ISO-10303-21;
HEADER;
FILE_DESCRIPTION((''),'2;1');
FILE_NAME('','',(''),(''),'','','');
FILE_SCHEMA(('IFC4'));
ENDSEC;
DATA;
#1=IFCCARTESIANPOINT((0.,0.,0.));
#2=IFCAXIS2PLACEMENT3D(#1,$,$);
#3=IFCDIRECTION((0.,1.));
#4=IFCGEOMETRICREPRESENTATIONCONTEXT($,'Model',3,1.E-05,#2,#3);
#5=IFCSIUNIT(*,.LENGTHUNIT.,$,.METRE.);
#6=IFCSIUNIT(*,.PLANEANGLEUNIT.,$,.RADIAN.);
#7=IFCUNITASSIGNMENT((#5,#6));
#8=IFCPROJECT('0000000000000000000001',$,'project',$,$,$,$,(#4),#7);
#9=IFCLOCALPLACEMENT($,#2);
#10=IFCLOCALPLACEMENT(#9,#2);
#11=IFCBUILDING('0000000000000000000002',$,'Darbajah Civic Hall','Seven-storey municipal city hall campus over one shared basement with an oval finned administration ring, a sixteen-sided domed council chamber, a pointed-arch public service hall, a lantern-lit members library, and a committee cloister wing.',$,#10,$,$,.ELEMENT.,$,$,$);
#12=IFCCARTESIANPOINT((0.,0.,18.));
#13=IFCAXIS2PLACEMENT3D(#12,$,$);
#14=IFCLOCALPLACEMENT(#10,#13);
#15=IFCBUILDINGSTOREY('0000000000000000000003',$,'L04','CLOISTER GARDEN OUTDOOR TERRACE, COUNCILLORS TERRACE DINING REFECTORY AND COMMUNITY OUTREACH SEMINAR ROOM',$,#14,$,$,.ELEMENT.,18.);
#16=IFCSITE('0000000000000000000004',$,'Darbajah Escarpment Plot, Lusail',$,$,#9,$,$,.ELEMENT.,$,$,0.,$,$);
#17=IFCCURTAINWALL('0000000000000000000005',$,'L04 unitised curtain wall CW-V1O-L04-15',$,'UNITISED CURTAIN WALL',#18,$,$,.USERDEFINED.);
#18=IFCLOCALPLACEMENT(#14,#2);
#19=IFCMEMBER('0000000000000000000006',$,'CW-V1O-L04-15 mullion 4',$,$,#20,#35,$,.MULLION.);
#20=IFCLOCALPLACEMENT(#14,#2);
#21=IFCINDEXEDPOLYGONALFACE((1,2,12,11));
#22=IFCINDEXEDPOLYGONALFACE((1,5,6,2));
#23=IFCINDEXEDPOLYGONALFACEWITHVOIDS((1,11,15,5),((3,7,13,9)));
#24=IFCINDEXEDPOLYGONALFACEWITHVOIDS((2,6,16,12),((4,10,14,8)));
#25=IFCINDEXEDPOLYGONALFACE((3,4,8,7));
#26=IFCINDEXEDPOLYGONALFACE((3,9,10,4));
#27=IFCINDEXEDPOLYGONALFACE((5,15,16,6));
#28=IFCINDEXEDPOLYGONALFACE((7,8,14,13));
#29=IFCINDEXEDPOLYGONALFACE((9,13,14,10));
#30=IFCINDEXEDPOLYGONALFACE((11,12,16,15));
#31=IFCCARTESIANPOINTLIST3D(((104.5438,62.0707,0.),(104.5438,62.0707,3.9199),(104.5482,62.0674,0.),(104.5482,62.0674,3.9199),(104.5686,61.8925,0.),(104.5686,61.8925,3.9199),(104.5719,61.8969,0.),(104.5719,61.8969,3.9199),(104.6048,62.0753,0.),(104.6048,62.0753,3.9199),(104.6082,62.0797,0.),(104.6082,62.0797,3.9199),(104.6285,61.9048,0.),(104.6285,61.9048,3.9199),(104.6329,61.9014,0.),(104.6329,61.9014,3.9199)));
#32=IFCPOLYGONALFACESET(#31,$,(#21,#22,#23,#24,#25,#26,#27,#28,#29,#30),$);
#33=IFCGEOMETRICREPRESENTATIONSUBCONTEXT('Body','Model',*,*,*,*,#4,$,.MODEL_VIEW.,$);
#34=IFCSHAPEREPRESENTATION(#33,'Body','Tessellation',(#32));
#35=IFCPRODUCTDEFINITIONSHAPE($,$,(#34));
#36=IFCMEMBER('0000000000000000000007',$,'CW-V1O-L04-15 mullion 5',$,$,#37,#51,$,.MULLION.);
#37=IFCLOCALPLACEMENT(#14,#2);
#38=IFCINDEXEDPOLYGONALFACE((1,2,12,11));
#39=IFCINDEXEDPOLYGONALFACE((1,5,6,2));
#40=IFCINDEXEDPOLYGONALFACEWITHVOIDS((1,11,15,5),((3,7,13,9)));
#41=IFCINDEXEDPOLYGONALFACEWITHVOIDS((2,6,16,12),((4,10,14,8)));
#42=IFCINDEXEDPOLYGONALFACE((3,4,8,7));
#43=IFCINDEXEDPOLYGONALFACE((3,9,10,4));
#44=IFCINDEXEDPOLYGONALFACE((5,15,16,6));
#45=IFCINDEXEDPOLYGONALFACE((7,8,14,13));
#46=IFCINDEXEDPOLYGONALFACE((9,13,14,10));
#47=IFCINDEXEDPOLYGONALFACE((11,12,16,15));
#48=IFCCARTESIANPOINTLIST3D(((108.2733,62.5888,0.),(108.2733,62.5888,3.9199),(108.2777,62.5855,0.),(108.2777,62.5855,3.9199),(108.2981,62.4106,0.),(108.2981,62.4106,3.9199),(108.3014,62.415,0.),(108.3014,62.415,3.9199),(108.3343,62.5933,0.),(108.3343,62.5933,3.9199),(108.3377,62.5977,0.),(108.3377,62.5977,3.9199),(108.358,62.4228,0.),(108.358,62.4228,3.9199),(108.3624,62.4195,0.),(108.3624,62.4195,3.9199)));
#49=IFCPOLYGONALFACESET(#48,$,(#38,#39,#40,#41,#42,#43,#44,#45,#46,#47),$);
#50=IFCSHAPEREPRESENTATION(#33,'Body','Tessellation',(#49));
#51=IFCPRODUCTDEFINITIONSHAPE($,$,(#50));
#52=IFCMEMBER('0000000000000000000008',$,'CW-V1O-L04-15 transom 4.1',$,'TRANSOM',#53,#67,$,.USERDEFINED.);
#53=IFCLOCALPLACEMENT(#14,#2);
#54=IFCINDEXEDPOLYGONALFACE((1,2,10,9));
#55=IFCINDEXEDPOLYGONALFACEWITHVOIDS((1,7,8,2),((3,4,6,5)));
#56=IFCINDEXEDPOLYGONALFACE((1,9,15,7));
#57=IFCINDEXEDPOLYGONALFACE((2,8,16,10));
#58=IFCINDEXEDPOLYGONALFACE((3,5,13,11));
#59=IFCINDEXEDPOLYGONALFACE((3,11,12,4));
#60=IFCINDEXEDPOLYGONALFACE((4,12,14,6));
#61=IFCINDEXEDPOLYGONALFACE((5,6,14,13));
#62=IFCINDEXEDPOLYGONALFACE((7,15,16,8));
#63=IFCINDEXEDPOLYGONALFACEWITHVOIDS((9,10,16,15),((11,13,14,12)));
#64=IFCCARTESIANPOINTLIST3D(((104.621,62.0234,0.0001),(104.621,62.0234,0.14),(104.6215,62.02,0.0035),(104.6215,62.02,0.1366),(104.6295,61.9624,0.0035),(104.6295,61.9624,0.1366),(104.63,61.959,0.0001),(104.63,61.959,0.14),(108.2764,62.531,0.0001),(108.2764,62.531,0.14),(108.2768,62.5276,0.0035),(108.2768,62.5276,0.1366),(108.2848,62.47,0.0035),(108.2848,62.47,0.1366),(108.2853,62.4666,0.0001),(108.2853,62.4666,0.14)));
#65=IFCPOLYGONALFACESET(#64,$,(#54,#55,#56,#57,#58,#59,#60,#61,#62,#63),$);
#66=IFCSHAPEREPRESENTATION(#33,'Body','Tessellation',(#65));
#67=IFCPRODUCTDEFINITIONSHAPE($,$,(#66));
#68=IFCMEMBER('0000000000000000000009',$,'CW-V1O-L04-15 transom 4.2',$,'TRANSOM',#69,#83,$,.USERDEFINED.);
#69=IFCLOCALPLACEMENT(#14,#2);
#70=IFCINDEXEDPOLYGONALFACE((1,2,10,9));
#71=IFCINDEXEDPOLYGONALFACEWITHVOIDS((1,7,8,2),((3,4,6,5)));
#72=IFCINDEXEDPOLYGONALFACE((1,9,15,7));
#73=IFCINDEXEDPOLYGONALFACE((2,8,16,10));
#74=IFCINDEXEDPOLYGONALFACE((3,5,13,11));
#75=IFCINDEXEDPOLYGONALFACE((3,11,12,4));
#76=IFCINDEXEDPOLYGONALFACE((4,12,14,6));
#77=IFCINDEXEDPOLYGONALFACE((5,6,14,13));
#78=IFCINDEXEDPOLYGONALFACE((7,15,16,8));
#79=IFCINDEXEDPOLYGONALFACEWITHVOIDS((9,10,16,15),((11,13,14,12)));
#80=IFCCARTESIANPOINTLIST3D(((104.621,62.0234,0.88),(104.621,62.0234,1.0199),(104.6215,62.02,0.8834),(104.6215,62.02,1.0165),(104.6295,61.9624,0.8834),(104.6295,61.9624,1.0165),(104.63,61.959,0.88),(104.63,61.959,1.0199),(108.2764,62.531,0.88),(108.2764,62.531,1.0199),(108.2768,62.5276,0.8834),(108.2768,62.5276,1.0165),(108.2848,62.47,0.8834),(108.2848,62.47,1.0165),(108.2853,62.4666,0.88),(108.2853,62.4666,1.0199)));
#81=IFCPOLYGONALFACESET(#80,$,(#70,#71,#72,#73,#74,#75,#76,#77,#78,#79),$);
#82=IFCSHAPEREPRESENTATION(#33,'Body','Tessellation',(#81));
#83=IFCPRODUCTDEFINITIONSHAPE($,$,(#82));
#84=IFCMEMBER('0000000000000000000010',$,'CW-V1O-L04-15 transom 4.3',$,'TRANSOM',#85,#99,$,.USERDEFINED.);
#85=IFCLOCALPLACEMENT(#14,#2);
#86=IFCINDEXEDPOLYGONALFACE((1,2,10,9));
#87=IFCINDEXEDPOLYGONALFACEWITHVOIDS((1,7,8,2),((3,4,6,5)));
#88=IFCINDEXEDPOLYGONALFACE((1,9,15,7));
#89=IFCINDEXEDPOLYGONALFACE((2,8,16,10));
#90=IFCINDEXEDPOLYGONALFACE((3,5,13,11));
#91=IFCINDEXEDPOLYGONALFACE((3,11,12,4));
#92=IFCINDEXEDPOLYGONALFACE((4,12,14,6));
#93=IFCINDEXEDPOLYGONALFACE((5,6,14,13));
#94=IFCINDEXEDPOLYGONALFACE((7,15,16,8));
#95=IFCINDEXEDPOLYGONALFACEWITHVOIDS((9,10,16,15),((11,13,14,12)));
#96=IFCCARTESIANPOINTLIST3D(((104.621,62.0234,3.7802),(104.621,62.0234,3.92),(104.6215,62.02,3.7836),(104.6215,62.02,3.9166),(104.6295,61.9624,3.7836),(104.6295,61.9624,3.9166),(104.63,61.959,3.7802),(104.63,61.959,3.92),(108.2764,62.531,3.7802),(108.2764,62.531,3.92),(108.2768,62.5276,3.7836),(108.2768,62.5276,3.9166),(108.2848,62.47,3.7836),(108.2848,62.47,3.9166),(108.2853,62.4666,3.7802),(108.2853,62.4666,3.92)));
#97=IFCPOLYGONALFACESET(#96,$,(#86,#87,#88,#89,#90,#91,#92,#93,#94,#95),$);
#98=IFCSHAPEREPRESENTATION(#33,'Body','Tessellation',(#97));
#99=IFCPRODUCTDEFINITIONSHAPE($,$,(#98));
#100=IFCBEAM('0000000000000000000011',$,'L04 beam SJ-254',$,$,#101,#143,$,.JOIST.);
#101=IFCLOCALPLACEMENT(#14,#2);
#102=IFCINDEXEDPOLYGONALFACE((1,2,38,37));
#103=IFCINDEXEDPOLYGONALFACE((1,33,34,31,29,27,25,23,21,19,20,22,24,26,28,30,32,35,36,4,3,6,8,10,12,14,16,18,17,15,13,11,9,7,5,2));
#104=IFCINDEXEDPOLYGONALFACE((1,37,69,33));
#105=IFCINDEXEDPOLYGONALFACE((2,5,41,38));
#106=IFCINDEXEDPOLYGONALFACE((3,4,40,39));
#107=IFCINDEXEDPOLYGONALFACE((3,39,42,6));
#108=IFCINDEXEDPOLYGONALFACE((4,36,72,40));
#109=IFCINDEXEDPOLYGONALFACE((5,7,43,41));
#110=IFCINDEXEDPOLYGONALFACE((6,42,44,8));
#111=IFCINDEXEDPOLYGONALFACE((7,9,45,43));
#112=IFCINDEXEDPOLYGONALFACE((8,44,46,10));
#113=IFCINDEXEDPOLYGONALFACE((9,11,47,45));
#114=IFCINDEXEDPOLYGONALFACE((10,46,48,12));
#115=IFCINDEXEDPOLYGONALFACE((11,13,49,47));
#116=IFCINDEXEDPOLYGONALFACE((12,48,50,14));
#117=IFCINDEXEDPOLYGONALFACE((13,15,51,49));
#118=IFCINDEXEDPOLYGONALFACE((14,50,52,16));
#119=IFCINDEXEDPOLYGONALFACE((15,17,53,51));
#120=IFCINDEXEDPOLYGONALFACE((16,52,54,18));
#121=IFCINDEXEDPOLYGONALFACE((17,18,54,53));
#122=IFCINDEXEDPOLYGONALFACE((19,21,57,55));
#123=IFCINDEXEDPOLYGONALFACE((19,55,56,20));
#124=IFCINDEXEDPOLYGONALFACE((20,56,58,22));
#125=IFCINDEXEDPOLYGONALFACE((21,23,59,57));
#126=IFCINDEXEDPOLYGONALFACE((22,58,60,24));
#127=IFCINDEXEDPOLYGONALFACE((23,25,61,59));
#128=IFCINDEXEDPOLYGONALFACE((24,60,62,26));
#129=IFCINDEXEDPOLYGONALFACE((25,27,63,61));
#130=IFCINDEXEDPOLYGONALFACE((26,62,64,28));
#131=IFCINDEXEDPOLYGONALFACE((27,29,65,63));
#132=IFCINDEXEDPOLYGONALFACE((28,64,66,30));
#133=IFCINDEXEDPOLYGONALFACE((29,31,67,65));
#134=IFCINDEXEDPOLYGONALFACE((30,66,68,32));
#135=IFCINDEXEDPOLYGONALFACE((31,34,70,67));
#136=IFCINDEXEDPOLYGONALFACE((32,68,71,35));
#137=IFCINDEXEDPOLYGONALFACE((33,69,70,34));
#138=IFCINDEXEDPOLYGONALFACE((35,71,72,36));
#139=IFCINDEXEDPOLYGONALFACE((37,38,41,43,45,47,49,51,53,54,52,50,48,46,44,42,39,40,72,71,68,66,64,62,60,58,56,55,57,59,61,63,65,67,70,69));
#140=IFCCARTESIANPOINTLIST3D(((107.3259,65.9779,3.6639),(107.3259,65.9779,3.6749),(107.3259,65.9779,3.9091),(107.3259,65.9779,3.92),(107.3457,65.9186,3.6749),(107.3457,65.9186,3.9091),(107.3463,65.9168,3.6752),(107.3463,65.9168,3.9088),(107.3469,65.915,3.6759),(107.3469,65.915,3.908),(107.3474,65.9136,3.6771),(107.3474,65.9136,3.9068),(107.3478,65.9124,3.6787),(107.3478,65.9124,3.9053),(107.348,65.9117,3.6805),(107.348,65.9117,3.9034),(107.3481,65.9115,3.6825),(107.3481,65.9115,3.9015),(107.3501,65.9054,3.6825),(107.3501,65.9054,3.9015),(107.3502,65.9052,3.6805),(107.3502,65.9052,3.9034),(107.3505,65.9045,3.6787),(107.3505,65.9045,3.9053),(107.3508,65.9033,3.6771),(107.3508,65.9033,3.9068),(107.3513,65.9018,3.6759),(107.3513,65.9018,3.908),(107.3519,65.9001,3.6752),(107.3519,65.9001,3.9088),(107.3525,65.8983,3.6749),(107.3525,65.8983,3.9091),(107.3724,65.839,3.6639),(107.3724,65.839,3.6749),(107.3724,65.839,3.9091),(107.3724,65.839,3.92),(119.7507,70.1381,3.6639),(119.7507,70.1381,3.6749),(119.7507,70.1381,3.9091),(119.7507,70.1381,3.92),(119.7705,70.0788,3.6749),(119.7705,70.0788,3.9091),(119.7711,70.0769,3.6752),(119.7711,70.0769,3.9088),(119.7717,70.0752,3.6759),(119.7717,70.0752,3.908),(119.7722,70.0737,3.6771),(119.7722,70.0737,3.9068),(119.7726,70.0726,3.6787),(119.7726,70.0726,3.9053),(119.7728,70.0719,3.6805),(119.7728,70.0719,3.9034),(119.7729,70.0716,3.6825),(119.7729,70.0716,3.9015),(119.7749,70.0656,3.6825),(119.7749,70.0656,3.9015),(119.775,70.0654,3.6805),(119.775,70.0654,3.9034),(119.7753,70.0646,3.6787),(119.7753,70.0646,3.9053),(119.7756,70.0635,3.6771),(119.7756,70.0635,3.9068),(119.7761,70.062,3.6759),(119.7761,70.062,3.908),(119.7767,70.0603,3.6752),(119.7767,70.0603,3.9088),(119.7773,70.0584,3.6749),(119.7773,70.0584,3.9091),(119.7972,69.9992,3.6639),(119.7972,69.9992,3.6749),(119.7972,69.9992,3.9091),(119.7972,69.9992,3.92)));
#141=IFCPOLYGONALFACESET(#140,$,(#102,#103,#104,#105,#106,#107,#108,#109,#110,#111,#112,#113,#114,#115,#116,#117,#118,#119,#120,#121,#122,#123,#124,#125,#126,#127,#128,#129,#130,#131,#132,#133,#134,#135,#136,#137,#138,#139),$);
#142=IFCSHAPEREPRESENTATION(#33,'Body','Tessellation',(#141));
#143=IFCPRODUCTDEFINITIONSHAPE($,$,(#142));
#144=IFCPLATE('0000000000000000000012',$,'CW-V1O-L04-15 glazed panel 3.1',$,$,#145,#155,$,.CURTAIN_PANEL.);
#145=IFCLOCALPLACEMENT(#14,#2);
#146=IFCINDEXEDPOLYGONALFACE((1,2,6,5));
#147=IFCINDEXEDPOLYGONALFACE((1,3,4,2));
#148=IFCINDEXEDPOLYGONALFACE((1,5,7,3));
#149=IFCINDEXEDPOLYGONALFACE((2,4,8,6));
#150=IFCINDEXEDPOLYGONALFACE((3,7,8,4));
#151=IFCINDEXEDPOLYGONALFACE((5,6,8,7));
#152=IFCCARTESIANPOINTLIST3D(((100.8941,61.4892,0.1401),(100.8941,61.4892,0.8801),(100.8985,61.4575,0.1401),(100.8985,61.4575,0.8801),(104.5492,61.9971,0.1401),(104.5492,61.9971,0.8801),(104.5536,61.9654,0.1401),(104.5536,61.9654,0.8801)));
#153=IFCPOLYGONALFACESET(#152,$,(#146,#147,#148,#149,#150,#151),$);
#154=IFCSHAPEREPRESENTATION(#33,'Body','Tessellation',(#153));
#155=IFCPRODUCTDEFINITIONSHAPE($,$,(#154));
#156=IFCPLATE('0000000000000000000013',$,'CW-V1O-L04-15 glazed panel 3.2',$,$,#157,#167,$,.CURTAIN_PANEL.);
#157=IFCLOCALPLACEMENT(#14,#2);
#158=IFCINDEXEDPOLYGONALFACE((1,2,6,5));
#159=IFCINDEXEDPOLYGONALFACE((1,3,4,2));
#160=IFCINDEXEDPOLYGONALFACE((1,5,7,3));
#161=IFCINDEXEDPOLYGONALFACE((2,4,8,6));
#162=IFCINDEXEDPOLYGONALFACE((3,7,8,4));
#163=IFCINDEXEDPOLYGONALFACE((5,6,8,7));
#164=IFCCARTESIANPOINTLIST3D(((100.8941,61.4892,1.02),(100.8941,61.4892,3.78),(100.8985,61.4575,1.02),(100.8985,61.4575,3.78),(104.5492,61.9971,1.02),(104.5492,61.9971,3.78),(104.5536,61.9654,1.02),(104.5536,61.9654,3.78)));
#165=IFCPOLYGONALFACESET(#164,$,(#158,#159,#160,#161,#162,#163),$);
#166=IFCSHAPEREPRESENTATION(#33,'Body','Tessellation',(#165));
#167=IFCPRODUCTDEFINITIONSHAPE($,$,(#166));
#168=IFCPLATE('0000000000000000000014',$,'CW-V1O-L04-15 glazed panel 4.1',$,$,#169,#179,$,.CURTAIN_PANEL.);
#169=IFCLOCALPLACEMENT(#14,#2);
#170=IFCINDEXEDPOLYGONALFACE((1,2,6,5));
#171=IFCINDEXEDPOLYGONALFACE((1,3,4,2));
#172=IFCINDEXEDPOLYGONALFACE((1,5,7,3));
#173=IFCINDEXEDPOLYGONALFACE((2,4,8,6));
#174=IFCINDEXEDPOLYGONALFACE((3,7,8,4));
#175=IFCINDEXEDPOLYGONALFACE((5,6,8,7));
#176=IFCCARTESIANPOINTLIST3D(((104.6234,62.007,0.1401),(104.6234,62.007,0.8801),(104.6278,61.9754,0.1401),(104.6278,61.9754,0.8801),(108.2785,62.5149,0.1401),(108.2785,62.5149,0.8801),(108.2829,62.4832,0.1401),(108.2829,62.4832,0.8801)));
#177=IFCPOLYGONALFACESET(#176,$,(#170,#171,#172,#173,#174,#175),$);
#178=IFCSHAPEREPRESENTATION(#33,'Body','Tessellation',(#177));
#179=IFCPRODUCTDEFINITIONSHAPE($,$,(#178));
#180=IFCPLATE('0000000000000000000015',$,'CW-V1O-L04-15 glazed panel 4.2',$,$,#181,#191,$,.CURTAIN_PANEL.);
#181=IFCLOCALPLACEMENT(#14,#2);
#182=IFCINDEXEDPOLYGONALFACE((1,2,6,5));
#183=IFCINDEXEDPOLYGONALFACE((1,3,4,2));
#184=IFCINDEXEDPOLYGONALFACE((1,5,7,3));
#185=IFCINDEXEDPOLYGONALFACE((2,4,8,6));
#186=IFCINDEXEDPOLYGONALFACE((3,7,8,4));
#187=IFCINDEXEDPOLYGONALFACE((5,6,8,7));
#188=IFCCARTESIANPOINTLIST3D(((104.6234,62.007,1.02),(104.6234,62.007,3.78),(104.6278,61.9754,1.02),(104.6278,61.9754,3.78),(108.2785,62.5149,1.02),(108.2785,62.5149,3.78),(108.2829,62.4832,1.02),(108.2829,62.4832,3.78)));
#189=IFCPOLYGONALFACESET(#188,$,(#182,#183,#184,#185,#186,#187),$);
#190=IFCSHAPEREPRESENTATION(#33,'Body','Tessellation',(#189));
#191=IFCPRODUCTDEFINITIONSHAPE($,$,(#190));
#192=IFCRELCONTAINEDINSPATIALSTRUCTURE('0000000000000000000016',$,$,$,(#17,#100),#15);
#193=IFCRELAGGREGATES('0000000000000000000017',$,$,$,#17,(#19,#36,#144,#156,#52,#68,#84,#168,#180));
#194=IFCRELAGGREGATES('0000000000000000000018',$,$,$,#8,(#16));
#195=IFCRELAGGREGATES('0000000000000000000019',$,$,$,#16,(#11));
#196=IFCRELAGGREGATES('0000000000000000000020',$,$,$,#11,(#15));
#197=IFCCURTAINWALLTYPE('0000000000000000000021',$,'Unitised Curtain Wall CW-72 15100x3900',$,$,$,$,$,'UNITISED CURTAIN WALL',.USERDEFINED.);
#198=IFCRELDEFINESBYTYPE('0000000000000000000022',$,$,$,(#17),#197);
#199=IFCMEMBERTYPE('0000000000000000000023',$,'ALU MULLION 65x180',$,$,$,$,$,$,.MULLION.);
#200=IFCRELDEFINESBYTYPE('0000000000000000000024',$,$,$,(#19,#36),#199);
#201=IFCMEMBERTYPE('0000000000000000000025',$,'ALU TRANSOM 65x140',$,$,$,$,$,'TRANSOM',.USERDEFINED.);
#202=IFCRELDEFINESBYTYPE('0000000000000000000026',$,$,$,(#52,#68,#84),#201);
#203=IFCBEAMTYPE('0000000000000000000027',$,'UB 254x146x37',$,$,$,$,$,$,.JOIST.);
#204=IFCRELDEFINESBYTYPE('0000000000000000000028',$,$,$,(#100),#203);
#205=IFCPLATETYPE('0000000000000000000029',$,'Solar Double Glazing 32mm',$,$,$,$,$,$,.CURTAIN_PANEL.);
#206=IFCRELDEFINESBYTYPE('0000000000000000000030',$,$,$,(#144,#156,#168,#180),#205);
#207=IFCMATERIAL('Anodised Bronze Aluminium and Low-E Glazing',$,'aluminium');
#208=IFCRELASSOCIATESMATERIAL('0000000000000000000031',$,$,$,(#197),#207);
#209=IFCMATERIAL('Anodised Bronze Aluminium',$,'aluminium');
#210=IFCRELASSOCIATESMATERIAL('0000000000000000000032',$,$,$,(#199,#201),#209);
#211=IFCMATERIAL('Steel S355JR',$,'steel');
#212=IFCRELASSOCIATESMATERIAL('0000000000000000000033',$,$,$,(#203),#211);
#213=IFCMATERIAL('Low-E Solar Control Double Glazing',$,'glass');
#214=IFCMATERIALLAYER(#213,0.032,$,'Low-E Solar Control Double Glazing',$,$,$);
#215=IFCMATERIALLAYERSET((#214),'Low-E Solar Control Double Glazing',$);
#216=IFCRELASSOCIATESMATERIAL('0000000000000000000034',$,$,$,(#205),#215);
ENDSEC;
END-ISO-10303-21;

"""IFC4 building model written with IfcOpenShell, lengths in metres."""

from ifc_helpers import new_model, si_unit, direction, frame, origin, origin_2d, place, context, subcontext, project, spatial, rectangle, hollow_rectangle, i_section, extrude, material, layer, layer_set, material_profile, profile_set, type_object, element, aggregate, save


model = new_model("IFC4")

# Units and contexts
model_context = context("Model", 3, precision=1e-05, world=origin(), true_north=direction((0.0, 1.0)))
body_context = subcontext(model_context, "Body", "Model", "MODEL_VIEW")
ifc_project = project(units=[si_unit("LENGTHUNIT", "METRE"), si_unit("PLANEANGLEUNIT", "RADIAN")], contexts=[model_context])

# Site, building, storey
site_placement = place(None, origin())
site = spatial("IfcSite", under=ifc_project, at=site_placement, Name="Darbajah Escarpment Plot, Lusail", CompositionType="ELEMENT", RefElevation=0.0)
building_placement = place(site_placement, origin())
building = spatial("IfcBuilding", under=site, at=building_placement, Name="Darbajah Civic Hall", Description="Seven-storey municipal city hall campus over one shared basement with an oval finned administration ring, a sixteen-sided domed council chamber, a pointed-arch public service hall, a lantern-lit members library, and a committee cloister wing.", CompositionType="ELEMENT")
storey_placement = place(building_placement, frame((0.0, 0.0, 18.0)))
storey = spatial("IfcBuildingStorey", under=building, at=storey_placement, Name="L04", Description="CLOISTER GARDEN OUTDOOR TERRACE, COUNCILLORS TERRACE DINING REFECTORY AND COMMUNITY OUTREACH SEMINAR ROOM", CompositionType="ELEMENT", Elevation=18.0)

# Curtain wall, members
ifc_material_1 = material(Name="Anodised Bronze Aluminium and Low-E Glazing", Category="aluminium")
curtain_wall_type = type_object("IfcCurtainWallType", Name="Unitised Curtain Wall CW-72 15100x3900", ElementType="UNITISED CURTAIN WALL", PredefinedType="USERDEFINED", material=ifc_material_1)
curtain_wall_placement = place(storey_placement, origin())
curtain_wall = element("IfcCurtainWall", 1, at=curtain_wall_placement, inside=storey, type_object=curtain_wall_type, Name="L04 unitised curtain wall CW-V1O-L04-15", ObjectType="UNITISED CURTAIN WALL", PredefinedType="USERDEFINED")
ifc_material_2 = material(Name="Anodised Bronze Aluminium", Category="aluminium")
ifc_material_profile_1 = material_profile(ifc_material_2, hollow_rectangle(XDim=0.0649, YDim=0.1799, WallThickness=0.0039, at=origin_2d()), Name="ALU MULLION 65x180")
ifc_profile_set_1 = profile_set([ifc_material_profile_1], Name="Anodised Bronze Aluminium")
member_type_1 = type_object("IfcMemberType", Name="ALU MULLION 65x180", PredefinedType="MULLION", material=ifc_profile_set_1)
member_1_placement = place(storey_placement, frame((104.5884, 61.9861, 0.0), z_axis=(0.0, 0.0, 1.0), x_axis=(0.990485, 0.137617, 0.0)))
member_1 = element("IfcMember", 2, at=member_1_placement, type_object=member_type_1, Name="CW-V1O-L04-15 mullion 4", PredefinedType="MULLION", context=body_context, shape_type="SweptSolid", body=[
    extrude(hollow_rectangle(XDim=0.0649, YDim=0.1799, WallThickness=0.0039, at=origin_2d()), origin(), (0.0, 0.0, 1.0), 3.9199),
])
member_2_placement = place(storey_placement, frame((108.3179, 62.5042, 0.0), z_axis=(0.0, 0.0, 1.0), x_axis=(0.990485, 0.137617, 0.0)))
member_2 = element("IfcMember", 3, at=member_2_placement, type_object=member_type_1, Name="CW-V1O-L04-15 mullion 5", PredefinedType="MULLION", context=body_context, shape_type="SweptSolid", body=[
    extrude(hollow_rectangle(XDim=0.0649, YDim=0.1799, WallThickness=0.0039, at=origin_2d()), origin(), (0.0, 0.0, 1.0), 3.9199),
])
ifc_material_profile_2 = material_profile(ifc_material_2, hollow_rectangle(XDim=0.0649, YDim=0.1399, WallThickness=0.0034, at=origin_2d()), Name="ALU TRANSOM 65x140")
ifc_profile_set_2 = profile_set([ifc_material_profile_2], Name="Anodised Bronze Aluminium")
member_type_2 = type_object("IfcMemberType", Name="ALU TRANSOM 65x140", ElementType="TRANSOM", PredefinedType="USERDEFINED", material=ifc_profile_set_2)
member_3_placement = place(storey_placement, frame((104.6255, 61.9912, 0.0701), z_axis=(0.990496, 0.13754, 0.0), x_axis=(-0.13754, 0.990496, 0.0)))
member_3 = element("IfcMember", 4, at=member_3_placement, type_object=member_type_2, Name="CW-V1O-L04-15 transom 4.1", ObjectType="TRANSOM", PredefinedType="USERDEFINED", context=body_context, shape_type="SweptSolid", body=[
    extrude(hollow_rectangle(XDim=0.0649, YDim=0.1399, WallThickness=0.0034, at=origin_2d()), origin(), (0.0, 0.0, 1.0), 3.6904),
])
member_4_placement = place(storey_placement, frame((104.6255, 61.9912, 0.95), z_axis=(0.990496, 0.13754, 0.0), x_axis=(-0.13754, 0.990496, 0.0)))
member_4 = element("IfcMember", 5, at=member_4_placement, type_object=member_type_2, Name="CW-V1O-L04-15 transom 4.2", ObjectType="TRANSOM", PredefinedType="USERDEFINED", context=body_context, shape_type="SweptSolid", body=[
    extrude(hollow_rectangle(XDim=0.0649, YDim=0.1399, WallThickness=0.0034, at=origin_2d()), origin(), (0.0, 0.0, 1.0), 3.6904),
])
member_5_placement = place(storey_placement, frame((104.6255, 61.9912, 3.8501), z_axis=(0.990496, 0.13754, 0.0), x_axis=(-0.13754, 0.990496, 0.0)))
member_5 = element("IfcMember", 6, at=member_5_placement, type_object=member_type_2, Name="CW-V1O-L04-15 transom 4.3", ObjectType="TRANSOM", PredefinedType="USERDEFINED", context=body_context, shape_type="SweptSolid", body=[
    extrude(hollow_rectangle(XDim=0.0649, YDim=0.1399, WallThickness=0.0034, at=origin_2d()), origin(), (0.0, 0.0, 1.0), 3.6904),
])

# Beam
ifc_material_3 = material(Name="Steel S355JR", Category="steel")
ifc_material_profile_3 = material_profile(ifc_material_3, i_section(OverallWidth=0.1465, OverallDepth=0.2561, WebThickness=0.0063, FlangeThickness=0.011, FilletRadius=0.0076, at=origin_2d()), Name="UB 254x146x37")
ifc_profile_set_3 = profile_set([ifc_material_profile_3], Name="Steel S355JR")
beam_type = type_object("IfcBeamType", Name="UB 254x146x37", PredefinedType="JOIST", material=ifc_profile_set_3)
beam_placement = place(storey_placement, frame((107.3491, 65.9084, 3.792), z_axis=(0.948258, 0.317502, 0.0), x_axis=(-0.317502, 0.948258, 0.0)))
element("IfcBeam", 7, at=beam_placement, inside=storey, type_object=beam_type, Name="L04 beam SJ-254", PredefinedType="JOIST", context=body_context, shape_type="SweptSolid", body=[
    extrude(i_section(OverallWidth=0.1465, OverallDepth=0.2561, WebThickness=0.0063, FlangeThickness=0.011, FilletRadius=0.0076, at=origin_2d()), origin(), (0.0, 0.0, 1.0), 13.1028),
])

# Plates
ifc_material_4 = material(Name="Low-E Solar Control Double Glazing", Category="glass")
ifc_layer_1 = layer(ifc_material_4, 0.032, Name="Low-E Solar Control Double Glazing")
ifc_layer_set_1 = layer_set([ifc_layer_1], Name="Low-E Solar Control Double Glazing")
plate_type = type_object("IfcPlateType", Name="Solar Double Glazing 32mm", PredefinedType="CURTAIN_PANEL", material=ifc_layer_set_1)
plate_1_placement = place(storey_placement, frame((102.7239, 61.7273, 0.1401), z_axis=(0.0, 0.0, 1.0), x_axis=(0.990485, 0.137617, 0.0)))
plate_1 = element("IfcPlate", 8, at=plate_1_placement, type_object=plate_type, Name="CW-V1O-L04-15 glazed panel 3.1", PredefinedType="CURTAIN_PANEL", context=body_context, shape_type="SweptSolid", body=[
    extrude(rectangle(XDim=3.6902, YDim=0.032, at=origin_2d()), origin(), (0.0, 0.0, 1.0), 0.74),
])
plate_2_placement = place(storey_placement, frame((102.7239, 61.7273, 1.02), z_axis=(0.0, 0.0, 1.0), x_axis=(0.990485, 0.137617, 0.0)))
plate_2 = element("IfcPlate", 9, at=plate_2_placement, type_object=plate_type, Name="CW-V1O-L04-15 glazed panel 3.2", PredefinedType="CURTAIN_PANEL", context=body_context, shape_type="SweptSolid", body=[
    extrude(rectangle(XDim=3.6902, YDim=0.032, at=origin_2d()), origin(), (0.0, 0.0, 1.0), 2.76),
])
plate_3_placement = place(storey_placement, frame((106.4531, 62.2451, 0.1401), z_axis=(0.0, 0.0, 1.0), x_axis=(0.990485, 0.137617, 0.0)))
plate_3 = element("IfcPlate", 10, at=plate_3_placement, type_object=plate_type, Name="CW-V1O-L04-15 glazed panel 4.1", PredefinedType="CURTAIN_PANEL", context=body_context, shape_type="SweptSolid", body=[
    extrude(rectangle(XDim=3.6902, YDim=0.032, at=origin_2d()), origin(), (0.0, 0.0, 1.0), 0.74),
])
plate_4_placement = place(storey_placement, frame((106.4531, 62.2451, 1.02), z_axis=(0.0, 0.0, 1.0), x_axis=(0.990485, 0.137617, 0.0)))
plate_4 = element("IfcPlate", 11, at=plate_4_placement, type_object=plate_type, Name="CW-V1O-L04-15 glazed panel 4.2", PredefinedType="CURTAIN_PANEL", context=body_context, shape_type="SweptSolid", body=[
    extrude(rectangle(XDim=3.6902, YDim=0.032, at=origin_2d()), origin(), (0.0, 0.0, 1.0), 2.76),
])
aggregate(curtain_wall, [member_1, member_2, plate_1, plate_2, member_3, member_4, member_5, plate_3, plate_4])

save(model, "model.ifc")
